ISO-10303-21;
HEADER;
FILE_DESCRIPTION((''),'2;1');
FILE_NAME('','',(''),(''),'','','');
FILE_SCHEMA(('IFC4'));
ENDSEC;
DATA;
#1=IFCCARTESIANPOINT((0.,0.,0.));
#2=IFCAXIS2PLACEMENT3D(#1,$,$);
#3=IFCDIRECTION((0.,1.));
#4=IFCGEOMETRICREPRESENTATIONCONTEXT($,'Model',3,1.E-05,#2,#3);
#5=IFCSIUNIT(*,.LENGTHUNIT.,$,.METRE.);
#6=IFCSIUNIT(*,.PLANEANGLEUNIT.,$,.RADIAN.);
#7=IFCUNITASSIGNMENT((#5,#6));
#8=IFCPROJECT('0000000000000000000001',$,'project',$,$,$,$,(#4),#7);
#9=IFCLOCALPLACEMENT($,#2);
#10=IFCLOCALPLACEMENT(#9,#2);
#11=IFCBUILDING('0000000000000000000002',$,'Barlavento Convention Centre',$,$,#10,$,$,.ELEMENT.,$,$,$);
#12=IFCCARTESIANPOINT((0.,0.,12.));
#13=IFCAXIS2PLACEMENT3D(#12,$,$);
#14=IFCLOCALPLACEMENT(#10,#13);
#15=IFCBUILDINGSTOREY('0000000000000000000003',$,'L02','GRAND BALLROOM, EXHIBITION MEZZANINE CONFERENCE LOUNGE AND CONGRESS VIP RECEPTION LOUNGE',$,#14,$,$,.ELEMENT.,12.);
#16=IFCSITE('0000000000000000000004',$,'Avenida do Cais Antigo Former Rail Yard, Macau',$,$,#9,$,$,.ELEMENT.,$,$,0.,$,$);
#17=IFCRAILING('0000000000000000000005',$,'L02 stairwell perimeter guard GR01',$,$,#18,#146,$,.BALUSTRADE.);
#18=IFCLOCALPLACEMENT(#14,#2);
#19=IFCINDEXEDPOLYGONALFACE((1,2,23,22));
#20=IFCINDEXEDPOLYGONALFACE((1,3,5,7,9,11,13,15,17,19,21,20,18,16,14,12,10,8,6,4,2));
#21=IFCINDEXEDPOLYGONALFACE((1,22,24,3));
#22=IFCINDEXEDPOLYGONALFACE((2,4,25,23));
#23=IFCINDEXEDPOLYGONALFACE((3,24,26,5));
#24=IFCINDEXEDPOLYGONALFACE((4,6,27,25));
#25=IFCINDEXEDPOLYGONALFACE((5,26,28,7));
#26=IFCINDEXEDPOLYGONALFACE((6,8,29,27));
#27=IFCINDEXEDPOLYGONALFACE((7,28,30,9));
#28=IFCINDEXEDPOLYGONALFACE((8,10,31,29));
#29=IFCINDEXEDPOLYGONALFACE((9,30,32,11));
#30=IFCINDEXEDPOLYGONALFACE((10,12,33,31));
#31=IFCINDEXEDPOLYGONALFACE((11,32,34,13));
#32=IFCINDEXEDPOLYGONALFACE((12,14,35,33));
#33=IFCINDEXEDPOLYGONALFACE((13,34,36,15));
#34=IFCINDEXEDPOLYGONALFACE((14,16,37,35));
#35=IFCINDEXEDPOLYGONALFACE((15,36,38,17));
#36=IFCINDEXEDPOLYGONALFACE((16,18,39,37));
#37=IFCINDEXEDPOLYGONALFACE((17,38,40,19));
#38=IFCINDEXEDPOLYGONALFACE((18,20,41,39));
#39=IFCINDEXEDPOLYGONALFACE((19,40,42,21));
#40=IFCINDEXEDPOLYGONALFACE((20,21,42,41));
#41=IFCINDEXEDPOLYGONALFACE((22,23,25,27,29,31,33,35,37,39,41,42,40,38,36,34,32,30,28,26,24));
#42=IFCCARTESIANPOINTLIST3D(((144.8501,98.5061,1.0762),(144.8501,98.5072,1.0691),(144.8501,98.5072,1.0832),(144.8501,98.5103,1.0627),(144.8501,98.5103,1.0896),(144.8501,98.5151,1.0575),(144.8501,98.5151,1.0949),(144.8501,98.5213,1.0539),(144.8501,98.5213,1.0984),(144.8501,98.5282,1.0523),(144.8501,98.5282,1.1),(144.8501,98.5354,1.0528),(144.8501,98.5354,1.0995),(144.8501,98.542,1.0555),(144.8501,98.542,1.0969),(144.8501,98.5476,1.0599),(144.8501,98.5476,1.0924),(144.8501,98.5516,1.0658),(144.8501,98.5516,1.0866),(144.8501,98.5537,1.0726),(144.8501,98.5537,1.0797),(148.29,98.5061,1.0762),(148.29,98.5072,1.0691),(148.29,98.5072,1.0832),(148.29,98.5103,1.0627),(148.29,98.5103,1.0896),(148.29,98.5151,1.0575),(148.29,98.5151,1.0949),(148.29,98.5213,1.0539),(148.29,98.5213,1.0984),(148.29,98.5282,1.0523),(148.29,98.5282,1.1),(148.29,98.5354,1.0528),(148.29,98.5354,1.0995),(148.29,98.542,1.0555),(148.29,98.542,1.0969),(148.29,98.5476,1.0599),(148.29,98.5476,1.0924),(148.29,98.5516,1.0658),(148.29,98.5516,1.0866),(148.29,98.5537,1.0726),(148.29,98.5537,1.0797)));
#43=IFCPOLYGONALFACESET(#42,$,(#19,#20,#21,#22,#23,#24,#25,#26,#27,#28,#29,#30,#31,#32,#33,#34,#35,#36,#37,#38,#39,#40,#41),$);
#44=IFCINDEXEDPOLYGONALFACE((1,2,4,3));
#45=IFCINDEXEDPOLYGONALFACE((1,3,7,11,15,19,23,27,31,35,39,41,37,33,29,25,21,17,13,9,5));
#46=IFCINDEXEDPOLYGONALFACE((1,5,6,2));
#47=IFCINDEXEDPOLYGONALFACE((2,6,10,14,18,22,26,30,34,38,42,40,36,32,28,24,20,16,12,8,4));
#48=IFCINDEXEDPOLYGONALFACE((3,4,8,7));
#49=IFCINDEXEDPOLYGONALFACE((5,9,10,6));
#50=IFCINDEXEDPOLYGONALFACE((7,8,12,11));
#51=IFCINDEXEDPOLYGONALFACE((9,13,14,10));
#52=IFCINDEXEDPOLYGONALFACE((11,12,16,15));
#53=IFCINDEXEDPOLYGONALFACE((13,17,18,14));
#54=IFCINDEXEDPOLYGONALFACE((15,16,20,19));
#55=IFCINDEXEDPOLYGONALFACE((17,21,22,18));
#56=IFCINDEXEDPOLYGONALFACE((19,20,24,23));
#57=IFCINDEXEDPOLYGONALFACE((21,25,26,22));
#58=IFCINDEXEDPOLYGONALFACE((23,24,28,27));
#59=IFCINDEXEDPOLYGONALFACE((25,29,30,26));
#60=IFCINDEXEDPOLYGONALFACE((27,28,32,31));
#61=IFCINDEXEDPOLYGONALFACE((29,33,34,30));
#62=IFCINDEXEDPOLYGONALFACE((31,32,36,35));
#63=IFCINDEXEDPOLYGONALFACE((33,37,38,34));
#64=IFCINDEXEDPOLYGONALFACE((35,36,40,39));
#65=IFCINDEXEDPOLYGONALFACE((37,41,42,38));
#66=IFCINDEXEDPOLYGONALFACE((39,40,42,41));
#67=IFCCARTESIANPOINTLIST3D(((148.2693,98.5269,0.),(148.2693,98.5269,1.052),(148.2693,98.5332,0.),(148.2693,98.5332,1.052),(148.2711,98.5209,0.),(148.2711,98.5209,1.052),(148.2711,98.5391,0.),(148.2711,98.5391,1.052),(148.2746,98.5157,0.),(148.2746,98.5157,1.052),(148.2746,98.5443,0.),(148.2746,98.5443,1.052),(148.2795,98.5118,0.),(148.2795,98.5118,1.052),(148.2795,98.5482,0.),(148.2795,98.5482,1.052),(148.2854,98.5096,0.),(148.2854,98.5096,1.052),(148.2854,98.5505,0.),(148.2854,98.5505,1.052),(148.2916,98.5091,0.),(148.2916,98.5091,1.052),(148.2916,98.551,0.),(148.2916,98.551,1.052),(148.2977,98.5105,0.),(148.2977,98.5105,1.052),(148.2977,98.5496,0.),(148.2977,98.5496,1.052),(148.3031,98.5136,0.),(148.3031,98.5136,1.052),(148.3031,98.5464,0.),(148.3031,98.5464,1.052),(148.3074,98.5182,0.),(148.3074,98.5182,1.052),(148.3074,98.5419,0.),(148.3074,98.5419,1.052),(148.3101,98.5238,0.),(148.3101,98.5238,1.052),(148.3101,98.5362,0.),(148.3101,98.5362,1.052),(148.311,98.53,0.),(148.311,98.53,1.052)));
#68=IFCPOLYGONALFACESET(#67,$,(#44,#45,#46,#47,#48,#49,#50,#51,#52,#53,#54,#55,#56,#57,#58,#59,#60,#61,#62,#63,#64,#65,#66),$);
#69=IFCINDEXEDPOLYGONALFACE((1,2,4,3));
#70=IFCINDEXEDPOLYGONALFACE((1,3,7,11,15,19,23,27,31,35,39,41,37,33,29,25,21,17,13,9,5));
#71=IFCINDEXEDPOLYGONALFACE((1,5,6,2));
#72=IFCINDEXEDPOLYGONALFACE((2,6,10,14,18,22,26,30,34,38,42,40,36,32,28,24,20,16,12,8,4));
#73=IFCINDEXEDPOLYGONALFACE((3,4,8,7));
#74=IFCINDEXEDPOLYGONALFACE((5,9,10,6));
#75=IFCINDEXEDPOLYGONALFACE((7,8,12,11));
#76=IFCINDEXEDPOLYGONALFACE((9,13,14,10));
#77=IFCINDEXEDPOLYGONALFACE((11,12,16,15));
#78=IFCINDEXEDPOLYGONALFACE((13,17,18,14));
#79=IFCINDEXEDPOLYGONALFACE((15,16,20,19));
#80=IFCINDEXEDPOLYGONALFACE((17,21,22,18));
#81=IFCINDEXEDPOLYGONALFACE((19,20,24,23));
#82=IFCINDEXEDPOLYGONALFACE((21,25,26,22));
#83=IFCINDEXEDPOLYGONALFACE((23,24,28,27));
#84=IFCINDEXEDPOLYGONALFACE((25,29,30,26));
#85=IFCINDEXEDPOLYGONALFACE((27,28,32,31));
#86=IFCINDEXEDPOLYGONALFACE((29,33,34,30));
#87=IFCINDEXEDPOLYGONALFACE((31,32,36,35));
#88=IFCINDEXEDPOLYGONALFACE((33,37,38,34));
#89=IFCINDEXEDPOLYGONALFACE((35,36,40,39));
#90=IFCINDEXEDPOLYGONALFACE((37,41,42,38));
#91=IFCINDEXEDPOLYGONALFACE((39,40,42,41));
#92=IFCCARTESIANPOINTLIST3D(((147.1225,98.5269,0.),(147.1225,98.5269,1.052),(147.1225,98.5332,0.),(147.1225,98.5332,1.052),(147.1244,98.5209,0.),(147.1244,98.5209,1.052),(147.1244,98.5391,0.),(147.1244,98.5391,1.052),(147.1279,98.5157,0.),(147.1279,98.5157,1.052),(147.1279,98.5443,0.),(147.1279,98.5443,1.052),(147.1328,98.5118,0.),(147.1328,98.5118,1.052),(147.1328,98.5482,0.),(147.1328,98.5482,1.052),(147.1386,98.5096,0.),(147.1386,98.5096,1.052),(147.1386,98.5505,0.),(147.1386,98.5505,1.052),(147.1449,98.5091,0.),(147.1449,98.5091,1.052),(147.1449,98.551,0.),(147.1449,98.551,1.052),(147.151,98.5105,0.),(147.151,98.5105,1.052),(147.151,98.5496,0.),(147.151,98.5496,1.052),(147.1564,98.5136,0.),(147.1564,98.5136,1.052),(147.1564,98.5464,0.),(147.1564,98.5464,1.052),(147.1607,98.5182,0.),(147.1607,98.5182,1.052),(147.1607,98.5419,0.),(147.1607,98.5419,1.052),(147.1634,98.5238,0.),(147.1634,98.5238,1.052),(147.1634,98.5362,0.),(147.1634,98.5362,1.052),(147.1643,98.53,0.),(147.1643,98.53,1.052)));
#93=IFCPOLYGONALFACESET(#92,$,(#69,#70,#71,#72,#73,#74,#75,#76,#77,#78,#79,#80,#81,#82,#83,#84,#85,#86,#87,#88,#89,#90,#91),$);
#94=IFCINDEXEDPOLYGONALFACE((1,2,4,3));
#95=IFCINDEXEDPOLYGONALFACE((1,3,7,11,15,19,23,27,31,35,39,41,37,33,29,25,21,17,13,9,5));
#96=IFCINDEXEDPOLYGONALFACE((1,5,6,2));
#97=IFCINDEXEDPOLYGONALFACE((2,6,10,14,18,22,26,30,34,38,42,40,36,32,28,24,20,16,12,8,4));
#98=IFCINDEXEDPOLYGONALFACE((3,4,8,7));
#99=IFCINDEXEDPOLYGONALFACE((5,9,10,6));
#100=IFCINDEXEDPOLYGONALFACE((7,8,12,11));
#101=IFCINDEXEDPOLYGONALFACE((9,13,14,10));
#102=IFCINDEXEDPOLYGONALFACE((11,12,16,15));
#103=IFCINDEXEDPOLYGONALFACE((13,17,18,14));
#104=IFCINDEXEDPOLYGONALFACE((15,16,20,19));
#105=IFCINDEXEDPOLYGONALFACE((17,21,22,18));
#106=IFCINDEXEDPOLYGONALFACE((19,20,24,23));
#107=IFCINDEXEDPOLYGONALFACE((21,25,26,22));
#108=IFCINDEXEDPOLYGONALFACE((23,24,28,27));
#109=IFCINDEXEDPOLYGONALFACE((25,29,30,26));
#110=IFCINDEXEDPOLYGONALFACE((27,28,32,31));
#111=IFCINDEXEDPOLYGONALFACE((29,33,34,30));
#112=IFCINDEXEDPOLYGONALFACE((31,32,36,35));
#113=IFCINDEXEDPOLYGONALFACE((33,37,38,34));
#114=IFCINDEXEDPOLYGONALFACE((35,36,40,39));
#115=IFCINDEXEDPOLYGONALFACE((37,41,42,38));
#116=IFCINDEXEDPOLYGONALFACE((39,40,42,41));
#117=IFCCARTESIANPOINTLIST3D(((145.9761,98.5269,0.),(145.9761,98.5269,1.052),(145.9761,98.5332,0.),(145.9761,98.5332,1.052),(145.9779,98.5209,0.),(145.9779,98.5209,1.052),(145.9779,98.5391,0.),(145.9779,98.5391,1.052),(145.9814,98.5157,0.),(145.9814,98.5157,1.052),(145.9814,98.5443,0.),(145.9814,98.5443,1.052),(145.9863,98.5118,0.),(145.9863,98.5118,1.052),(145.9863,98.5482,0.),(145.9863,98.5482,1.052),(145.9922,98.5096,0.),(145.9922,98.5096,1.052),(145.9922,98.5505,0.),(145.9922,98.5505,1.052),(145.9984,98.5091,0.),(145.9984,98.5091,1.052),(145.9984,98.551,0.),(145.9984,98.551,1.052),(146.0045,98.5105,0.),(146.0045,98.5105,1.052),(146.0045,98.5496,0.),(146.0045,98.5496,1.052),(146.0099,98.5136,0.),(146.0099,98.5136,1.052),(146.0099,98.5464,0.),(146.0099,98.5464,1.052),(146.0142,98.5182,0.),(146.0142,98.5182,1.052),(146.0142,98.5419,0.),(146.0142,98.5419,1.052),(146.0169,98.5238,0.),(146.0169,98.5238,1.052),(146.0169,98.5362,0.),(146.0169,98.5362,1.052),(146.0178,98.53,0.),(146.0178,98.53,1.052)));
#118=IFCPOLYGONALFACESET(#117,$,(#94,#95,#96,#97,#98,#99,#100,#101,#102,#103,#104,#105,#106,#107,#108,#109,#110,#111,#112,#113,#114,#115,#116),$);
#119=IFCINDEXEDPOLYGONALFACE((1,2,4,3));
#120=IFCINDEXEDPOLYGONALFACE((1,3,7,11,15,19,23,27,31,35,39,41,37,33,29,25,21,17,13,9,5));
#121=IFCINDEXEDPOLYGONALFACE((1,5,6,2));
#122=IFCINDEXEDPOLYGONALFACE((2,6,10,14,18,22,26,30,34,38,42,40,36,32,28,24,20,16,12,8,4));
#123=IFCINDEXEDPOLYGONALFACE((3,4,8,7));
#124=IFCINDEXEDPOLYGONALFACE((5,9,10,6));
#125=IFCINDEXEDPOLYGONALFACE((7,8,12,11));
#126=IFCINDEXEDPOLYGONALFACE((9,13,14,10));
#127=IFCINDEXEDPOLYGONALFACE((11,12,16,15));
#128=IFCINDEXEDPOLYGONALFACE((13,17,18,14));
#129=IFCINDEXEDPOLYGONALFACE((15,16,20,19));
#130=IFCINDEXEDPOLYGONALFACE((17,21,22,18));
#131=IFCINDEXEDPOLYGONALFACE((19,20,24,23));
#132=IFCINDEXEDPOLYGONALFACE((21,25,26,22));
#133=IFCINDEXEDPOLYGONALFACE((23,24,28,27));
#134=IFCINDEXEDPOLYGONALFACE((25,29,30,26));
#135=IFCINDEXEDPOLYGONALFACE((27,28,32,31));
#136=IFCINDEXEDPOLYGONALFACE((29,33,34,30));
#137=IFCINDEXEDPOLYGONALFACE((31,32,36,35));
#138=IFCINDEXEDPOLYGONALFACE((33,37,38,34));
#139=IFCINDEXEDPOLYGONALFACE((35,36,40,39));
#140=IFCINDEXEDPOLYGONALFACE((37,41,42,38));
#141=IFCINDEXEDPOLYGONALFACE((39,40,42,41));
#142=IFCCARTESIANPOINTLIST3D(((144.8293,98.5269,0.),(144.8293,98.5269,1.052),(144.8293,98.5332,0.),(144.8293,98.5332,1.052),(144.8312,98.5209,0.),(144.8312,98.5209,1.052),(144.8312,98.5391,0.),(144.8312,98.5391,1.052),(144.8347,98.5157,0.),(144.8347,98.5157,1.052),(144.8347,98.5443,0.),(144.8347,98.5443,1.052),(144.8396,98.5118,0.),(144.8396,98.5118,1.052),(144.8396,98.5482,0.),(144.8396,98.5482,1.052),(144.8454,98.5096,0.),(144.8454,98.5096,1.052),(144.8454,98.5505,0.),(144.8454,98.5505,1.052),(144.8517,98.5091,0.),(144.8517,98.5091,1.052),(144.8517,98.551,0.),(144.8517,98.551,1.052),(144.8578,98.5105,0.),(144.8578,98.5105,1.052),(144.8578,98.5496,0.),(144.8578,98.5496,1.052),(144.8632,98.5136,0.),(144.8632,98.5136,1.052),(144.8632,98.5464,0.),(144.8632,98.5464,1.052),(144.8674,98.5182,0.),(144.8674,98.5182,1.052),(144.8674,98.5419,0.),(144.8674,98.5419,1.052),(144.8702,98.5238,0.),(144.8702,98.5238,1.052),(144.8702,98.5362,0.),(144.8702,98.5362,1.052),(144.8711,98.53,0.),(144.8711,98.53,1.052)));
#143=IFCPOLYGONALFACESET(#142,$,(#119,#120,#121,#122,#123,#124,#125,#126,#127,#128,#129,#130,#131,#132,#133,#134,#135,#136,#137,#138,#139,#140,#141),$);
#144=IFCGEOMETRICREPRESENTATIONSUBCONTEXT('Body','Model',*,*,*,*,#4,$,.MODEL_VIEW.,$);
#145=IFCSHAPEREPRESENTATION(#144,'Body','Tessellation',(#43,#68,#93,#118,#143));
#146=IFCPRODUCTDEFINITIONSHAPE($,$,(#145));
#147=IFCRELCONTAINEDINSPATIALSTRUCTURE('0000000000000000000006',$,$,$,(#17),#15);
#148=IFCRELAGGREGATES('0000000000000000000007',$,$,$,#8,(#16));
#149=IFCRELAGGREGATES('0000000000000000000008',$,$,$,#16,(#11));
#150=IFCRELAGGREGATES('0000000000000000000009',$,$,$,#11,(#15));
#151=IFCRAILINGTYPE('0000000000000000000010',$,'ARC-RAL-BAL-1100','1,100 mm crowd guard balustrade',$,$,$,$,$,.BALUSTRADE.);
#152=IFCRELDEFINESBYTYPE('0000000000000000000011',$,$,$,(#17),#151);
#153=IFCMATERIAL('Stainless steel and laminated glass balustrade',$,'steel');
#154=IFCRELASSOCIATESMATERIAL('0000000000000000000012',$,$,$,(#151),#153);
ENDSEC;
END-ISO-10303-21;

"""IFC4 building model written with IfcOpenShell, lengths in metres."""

from ifc_helpers import new_model, si_unit, direction, frame, origin, origin_2d, place, context, subcontext, project, spatial, circle, extrude, material, type_object, element, save


model = new_model("IFC4")

# Units and contexts
model_context = context("Model", 3, precision=1e-05, world=origin(), true_north=direction((0.0, 1.0)))
body_context = subcontext(model_context, "Body", "Model", "MODEL_VIEW")
ifc_project = project(units=[si_unit("LENGTHUNIT", "METRE"), si_unit("PLANEANGLEUNIT", "RADIAN")], contexts=[model_context])

# Site, building, storey
site_placement = place(None, origin())
site = spatial("IfcSite", under=ifc_project, at=site_placement, Name="Avenida do Cais Antigo Former Rail Yard, Macau", CompositionType="ELEMENT", RefElevation=0.0)
building_placement = place(site_placement, origin())
building = spatial("IfcBuilding", under=site, at=building_placement, Name="Barlavento Convention Centre", CompositionType="ELEMENT")
storey_placement = place(building_placement, frame((0.0, 0.0, 12.0)))
storey = spatial("IfcBuildingStorey", under=building, at=storey_placement, Name="L02", Description="GRAND BALLROOM, EXHIBITION MEZZANINE CONFERENCE LOUNGE AND CONGRESS VIP RECEPTION LOUNGE", CompositionType="ELEMENT", Elevation=12.0)

# Railing
ifc_material_1 = material(Name="Stainless steel and laminated glass balustrade", Category="steel")
railing_type_1 = type_object("IfcRailingType", Name="ARC-RAL-BAL-1100", Description="1,100 mm crowd guard balustrade", PredefinedType="BALUSTRADE", material=ifc_material_1)
railing_1_placement = place(storey_placement, frame((148.29, 98.53, 0.0)))
element("IfcRailing", 1, at=railing_1_placement, inside=storey, type_object=railing_type_1, Name="L02 stairwell perimeter guard GR01", PredefinedType="BALUSTRADE", context=body_context, shape_type="SweptSolid", body=[
    extrude(circle(Radius=0.0239, at=origin_2d()), frame((0.0, 0.0, 1.0762), z_axis=(-1.0, 0.0, 0.0), x_axis=(0.0, -1.0, 0.0)), (0.0, 0.0, 1.0), 3.4399),
    extrude(circle(Radius=0.021, at=origin_2d()), origin(), (0.0, 0.0, 1.0), 1.052),
    extrude(circle(Radius=0.021, at=origin_2d()), frame((-1.1467, 0.0, 0.0)), (0.0, 0.0, 1.0), 1.052),
    extrude(circle(Radius=0.021, at=origin_2d()), frame((-2.2932, 0.0, 0.0)), (0.0, 0.0, 1.0), 1.052),
    extrude(circle(Radius=0.021, at=origin_2d()), frame((-3.4399, 0.0, 0.0)), (0.0, 0.0, 1.0), 1.052),
])

save(model, "model.ifc")
